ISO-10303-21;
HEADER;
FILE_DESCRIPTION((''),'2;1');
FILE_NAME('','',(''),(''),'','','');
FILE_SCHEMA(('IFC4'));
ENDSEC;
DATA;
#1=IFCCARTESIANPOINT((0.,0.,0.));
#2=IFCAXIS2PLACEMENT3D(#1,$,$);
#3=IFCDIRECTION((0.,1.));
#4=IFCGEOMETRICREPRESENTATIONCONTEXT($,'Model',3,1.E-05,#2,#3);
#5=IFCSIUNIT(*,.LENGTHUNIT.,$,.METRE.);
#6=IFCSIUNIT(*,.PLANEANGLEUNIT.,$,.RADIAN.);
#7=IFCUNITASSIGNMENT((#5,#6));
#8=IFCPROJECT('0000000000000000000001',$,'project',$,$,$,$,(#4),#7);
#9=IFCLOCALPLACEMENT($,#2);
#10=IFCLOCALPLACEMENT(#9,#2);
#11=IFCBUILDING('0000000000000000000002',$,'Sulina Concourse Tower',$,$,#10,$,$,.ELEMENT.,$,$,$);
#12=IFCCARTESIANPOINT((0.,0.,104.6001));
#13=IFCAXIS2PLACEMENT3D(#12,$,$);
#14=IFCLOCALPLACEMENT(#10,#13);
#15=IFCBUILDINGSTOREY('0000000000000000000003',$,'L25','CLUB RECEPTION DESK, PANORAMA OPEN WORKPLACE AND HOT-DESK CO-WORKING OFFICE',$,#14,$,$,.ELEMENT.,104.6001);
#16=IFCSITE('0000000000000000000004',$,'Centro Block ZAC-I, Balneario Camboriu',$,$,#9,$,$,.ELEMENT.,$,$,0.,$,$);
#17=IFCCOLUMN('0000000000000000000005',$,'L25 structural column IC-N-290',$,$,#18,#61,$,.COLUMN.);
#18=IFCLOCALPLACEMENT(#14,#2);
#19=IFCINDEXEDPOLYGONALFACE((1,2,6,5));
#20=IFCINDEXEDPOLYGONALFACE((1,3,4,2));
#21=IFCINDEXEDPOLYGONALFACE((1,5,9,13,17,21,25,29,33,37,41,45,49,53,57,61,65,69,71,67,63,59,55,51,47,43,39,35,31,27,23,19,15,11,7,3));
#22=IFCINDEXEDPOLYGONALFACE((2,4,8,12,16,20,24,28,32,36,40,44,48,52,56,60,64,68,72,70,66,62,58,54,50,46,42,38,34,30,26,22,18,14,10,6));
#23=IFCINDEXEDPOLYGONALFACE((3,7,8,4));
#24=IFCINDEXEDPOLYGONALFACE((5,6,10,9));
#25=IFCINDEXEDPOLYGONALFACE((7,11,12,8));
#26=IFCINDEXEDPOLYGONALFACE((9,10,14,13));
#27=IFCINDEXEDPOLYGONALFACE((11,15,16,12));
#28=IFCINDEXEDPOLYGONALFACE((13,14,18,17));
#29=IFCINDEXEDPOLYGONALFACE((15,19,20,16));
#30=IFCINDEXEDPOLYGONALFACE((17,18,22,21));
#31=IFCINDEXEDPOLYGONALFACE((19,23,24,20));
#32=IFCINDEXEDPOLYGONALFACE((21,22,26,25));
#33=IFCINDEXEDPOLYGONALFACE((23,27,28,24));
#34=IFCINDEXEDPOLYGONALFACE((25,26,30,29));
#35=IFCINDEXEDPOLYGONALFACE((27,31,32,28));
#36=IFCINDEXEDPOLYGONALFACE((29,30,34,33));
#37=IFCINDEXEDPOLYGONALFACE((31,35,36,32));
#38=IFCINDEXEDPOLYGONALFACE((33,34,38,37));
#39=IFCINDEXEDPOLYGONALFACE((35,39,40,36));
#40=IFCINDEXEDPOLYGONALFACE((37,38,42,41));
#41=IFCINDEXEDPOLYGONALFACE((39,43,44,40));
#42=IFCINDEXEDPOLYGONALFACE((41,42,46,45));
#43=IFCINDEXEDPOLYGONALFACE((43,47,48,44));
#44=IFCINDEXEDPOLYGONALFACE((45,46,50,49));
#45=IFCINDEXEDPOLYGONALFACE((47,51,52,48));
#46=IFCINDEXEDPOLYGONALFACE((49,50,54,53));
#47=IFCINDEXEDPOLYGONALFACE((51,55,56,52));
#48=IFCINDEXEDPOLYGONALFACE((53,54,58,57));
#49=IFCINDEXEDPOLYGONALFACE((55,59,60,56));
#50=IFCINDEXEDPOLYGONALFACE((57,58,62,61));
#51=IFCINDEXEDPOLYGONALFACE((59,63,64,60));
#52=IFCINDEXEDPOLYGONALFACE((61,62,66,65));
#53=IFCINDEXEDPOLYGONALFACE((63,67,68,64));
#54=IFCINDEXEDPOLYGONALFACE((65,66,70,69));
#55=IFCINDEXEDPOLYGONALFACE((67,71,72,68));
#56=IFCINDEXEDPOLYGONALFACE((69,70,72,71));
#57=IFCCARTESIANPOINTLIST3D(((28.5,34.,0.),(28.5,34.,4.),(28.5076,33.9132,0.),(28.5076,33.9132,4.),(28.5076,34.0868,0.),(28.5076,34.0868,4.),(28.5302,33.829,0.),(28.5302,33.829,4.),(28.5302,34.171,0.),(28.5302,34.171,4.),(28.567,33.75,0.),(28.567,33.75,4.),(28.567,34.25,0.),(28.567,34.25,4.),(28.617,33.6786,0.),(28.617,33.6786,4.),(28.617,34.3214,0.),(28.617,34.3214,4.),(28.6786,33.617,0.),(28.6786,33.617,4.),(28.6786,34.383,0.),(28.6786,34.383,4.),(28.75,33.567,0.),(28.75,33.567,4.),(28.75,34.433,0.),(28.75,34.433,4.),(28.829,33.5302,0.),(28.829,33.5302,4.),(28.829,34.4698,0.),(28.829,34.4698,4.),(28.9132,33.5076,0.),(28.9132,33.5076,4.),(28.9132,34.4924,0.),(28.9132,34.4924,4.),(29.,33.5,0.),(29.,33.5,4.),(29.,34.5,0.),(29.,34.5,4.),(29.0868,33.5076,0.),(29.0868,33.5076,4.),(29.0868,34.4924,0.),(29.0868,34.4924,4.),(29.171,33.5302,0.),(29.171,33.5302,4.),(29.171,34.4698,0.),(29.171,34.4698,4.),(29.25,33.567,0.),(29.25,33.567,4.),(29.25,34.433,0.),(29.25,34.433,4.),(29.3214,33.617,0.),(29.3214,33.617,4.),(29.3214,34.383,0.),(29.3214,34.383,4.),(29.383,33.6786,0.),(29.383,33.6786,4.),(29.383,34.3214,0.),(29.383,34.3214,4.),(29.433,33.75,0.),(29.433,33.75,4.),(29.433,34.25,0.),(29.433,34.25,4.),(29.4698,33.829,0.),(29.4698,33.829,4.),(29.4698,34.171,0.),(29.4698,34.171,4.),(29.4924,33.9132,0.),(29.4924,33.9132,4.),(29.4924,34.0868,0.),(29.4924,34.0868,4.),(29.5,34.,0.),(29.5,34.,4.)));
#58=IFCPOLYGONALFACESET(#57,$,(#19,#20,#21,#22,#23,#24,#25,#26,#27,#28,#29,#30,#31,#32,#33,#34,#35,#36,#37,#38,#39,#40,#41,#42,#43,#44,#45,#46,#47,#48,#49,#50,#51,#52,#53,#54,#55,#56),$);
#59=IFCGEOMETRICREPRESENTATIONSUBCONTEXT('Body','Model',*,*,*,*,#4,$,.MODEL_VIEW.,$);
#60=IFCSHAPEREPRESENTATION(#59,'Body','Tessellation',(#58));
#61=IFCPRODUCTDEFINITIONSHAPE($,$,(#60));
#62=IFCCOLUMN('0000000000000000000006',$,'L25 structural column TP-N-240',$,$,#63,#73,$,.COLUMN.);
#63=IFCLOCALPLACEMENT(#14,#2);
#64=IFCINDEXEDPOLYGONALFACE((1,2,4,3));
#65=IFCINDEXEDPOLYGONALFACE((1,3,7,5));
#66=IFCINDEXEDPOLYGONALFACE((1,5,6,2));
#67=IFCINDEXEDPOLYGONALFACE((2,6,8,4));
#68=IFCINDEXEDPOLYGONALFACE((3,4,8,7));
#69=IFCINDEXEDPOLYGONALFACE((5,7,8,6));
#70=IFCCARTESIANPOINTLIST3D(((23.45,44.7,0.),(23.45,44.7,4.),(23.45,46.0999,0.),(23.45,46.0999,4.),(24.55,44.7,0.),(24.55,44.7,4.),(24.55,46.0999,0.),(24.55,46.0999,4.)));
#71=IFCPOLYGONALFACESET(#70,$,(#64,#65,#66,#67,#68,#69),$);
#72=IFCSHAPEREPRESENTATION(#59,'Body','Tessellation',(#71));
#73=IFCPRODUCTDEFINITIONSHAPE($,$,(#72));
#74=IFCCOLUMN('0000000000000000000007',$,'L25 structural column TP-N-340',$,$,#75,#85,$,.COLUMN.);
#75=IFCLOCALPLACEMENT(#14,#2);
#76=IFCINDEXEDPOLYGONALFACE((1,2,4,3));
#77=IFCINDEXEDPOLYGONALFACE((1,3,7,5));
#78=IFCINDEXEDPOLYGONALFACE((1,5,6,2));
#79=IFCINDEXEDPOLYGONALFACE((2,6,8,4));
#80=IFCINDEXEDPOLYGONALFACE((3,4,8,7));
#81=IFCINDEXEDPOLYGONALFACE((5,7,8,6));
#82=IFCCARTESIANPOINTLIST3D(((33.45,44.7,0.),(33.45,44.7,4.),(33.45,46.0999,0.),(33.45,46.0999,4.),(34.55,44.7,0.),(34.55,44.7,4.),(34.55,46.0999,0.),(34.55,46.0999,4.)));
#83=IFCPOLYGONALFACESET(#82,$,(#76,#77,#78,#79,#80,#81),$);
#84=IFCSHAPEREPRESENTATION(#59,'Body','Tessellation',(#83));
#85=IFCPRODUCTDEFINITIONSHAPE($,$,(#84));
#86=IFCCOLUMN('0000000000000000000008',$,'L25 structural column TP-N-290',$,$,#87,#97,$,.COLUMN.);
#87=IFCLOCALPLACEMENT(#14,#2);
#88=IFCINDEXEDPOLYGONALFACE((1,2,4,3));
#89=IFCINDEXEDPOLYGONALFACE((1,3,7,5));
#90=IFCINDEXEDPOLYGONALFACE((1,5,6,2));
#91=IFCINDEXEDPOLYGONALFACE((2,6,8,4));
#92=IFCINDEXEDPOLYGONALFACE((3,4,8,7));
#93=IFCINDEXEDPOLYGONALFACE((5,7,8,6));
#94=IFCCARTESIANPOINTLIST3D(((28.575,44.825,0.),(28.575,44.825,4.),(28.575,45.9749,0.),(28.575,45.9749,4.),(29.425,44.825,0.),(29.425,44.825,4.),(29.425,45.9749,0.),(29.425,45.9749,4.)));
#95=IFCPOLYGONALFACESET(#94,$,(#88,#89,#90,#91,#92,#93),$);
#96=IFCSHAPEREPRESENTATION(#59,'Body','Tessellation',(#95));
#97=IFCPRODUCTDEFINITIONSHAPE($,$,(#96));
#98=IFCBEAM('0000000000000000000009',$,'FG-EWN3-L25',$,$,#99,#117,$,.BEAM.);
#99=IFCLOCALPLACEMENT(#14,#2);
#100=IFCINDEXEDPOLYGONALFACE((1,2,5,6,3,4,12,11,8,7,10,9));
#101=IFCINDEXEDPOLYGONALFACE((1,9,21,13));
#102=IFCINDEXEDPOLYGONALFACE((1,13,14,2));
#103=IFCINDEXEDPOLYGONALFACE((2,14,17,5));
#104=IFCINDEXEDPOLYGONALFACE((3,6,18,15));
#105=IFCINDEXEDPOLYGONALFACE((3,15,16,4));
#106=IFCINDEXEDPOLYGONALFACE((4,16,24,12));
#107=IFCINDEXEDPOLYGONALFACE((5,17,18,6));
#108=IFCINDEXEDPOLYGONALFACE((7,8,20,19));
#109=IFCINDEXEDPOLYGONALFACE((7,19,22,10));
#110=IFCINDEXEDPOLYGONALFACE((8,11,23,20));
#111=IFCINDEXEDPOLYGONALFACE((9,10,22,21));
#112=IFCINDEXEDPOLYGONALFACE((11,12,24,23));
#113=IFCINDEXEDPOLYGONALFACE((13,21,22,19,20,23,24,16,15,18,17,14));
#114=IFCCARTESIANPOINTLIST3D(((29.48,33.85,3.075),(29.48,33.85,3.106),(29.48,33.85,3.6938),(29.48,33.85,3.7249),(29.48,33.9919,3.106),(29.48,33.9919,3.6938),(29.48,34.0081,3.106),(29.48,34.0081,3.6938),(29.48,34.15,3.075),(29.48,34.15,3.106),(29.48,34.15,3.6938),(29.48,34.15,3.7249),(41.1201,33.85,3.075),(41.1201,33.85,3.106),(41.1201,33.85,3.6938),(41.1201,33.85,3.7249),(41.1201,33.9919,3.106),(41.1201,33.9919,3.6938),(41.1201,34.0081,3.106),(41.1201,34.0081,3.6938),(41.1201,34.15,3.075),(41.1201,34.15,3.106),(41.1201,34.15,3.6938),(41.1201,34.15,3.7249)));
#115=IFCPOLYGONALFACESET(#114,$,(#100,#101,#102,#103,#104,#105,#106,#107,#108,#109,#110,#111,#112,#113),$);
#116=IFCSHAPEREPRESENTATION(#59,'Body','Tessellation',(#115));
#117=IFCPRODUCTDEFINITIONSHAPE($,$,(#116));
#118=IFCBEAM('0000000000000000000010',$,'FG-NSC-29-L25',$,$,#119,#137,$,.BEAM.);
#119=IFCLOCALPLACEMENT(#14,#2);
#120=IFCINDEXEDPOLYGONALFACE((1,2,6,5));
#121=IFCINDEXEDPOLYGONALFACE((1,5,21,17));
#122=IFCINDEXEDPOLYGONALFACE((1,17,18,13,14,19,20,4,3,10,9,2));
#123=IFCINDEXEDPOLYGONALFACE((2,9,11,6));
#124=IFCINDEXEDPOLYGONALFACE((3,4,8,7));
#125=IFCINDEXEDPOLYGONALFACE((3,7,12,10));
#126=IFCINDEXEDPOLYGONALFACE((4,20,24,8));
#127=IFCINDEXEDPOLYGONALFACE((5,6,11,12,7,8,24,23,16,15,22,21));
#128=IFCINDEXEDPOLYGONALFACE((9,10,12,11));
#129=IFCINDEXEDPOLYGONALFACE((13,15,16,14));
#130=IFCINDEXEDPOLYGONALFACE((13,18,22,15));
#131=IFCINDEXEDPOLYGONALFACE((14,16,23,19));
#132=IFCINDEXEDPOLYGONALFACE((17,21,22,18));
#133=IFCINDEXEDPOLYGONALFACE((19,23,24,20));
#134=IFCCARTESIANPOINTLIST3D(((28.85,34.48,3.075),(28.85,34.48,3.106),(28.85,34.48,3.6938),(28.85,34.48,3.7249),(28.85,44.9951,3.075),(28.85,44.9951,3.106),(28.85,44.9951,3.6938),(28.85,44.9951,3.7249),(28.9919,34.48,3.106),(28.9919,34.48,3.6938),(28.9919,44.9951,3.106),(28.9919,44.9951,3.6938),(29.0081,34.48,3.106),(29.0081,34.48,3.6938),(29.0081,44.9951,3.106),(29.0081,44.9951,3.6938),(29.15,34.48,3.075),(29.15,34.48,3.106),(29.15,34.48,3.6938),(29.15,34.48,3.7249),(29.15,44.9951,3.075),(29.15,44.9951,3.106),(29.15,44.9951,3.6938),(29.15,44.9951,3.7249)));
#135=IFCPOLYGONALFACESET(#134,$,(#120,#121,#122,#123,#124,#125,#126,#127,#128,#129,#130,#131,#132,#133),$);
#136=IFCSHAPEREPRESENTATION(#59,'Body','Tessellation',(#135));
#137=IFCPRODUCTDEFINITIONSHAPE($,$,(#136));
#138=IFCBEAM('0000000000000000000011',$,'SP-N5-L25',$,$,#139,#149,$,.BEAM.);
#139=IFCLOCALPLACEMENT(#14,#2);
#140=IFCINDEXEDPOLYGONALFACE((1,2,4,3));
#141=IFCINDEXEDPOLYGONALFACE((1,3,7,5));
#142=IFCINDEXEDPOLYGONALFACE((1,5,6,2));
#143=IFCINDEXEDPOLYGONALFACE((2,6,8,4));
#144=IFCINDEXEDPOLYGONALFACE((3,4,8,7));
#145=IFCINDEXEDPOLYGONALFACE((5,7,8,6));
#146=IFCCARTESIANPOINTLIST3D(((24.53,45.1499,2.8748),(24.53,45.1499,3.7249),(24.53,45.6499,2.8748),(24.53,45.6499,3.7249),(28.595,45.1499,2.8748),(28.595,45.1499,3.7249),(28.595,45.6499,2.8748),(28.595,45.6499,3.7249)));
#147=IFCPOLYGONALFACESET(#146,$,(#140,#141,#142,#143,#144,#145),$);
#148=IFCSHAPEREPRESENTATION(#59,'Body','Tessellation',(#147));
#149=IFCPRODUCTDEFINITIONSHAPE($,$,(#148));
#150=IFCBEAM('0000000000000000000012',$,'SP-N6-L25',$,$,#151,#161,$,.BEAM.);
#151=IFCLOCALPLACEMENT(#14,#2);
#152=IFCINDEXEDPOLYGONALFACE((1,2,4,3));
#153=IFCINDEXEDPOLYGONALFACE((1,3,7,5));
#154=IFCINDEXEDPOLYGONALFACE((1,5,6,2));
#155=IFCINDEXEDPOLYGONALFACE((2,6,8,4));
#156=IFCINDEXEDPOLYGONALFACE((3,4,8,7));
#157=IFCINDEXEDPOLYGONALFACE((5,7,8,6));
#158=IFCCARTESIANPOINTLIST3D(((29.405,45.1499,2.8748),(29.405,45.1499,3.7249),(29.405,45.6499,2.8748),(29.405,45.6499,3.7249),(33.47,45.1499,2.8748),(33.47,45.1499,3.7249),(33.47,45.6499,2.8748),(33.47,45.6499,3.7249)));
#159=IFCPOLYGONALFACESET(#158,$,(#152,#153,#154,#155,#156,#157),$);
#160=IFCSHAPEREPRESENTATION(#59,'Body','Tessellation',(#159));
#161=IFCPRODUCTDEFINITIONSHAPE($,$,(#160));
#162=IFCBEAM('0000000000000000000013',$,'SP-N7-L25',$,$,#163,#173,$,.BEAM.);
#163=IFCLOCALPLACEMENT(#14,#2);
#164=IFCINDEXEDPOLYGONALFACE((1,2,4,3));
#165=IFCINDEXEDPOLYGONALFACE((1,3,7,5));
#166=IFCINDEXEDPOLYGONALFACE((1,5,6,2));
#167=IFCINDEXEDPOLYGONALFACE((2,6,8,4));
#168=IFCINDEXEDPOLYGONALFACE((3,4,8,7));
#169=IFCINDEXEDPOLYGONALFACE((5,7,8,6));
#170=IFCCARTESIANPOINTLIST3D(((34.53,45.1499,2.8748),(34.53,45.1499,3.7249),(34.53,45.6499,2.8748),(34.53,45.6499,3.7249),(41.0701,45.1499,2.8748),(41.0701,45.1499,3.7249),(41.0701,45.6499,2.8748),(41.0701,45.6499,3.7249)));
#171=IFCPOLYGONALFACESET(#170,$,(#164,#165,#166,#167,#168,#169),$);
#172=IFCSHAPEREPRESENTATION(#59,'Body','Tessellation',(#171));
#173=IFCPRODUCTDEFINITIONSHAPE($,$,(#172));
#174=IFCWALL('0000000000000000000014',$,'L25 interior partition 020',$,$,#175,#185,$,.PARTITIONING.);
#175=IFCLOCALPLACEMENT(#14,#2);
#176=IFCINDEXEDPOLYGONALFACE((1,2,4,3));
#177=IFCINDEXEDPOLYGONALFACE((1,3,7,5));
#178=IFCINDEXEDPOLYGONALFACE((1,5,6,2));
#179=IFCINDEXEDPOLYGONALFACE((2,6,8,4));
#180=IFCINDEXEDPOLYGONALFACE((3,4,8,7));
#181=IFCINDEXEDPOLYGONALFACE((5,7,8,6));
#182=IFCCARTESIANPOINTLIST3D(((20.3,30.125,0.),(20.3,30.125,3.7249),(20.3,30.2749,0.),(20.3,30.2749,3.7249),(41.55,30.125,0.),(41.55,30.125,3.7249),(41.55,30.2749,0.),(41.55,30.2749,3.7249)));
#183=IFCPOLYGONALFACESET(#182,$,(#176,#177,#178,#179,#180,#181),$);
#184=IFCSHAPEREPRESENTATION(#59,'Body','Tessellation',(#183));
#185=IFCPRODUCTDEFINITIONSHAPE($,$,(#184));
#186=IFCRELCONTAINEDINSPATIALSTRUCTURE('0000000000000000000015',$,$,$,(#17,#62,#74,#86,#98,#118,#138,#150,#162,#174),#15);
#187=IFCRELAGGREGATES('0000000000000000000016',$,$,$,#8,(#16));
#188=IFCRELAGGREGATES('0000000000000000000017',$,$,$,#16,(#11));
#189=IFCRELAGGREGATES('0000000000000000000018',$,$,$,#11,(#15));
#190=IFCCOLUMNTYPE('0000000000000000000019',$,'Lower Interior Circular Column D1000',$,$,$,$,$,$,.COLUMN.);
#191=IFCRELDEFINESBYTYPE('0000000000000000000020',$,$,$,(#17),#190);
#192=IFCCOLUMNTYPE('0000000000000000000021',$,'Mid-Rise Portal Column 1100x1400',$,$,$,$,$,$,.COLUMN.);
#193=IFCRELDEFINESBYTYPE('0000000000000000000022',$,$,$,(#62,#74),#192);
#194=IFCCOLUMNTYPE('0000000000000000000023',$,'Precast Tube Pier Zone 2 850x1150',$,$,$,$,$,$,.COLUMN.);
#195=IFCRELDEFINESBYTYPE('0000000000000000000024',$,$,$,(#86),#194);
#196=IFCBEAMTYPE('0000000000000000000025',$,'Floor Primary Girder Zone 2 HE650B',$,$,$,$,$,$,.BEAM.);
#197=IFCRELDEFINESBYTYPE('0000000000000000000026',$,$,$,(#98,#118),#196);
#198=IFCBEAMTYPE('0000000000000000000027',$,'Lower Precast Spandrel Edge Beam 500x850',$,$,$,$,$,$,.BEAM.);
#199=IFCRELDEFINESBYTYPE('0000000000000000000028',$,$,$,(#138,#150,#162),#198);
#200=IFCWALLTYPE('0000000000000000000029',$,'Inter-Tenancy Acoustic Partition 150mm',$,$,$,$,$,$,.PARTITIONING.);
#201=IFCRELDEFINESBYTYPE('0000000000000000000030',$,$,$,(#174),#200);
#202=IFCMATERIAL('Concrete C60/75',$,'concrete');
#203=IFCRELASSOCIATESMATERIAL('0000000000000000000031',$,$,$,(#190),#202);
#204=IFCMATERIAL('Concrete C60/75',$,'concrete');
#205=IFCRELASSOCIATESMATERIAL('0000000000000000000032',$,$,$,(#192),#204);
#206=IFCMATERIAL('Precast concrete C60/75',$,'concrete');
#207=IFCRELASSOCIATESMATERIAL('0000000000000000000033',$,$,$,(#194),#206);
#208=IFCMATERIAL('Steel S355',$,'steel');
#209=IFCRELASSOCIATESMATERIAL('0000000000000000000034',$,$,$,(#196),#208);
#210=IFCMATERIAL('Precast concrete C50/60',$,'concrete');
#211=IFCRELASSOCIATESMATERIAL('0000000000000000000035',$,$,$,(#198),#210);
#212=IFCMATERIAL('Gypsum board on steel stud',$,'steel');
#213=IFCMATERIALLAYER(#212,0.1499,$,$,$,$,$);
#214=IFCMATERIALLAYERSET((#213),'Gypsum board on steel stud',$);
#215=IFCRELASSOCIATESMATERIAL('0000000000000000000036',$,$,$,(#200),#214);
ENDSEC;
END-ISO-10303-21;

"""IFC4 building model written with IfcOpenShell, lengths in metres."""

from ifc_helpers import new_model, si_unit, direction, frame, frame_2d, origin, origin_2d, place, context, subcontext, project, spatial, rectangle, circle, i_section, extrude, material, layer, layer_set, material_profile, profile_set, type_object, element, save


model = new_model("IFC4")

# Units and contexts
model_context = context("Model", 3, precision=1e-05, world=origin(), true_north=direction((0.0, 1.0)))
body_context = subcontext(model_context, "Body", "Model", "MODEL_VIEW")
ifc_project = project(units=[si_unit("LENGTHUNIT", "METRE"), si_unit("PLANEANGLEUNIT", "RADIAN")], contexts=[model_context])

# Site, building, storey
site_placement = place(None, origin())
site = spatial("IfcSite", under=ifc_project, at=site_placement, Name="Centro Block ZAC-I, Balneario Camboriu", CompositionType="ELEMENT", RefElevation=0.0)
building_placement = place(site_placement, origin())
building = spatial("IfcBuilding", under=site, at=building_placement, Name="Sulina Concourse Tower", CompositionType="ELEMENT")
storey_placement = place(building_placement, frame((0.0, 0.0, 104.6001)))
storey = spatial("IfcBuildingStorey", under=building, at=storey_placement, Name="L25", Description="CLUB RECEPTION DESK, PANORAMA OPEN WORKPLACE AND HOT-DESK CO-WORKING OFFICE", CompositionType="ELEMENT", Elevation=104.6001)

# Columns
ifc_material_1 = material(Name="Concrete C60/75", Category="concrete")
ifc_material_profile_1 = material_profile(ifc_material_1, circle(Radius=0.5, at=origin_2d()), Name="RC D1000")
ifc_profile_set_1 = profile_set([ifc_material_profile_1], Name="Concrete C60/75")
column_type_1 = type_object("IfcColumnType", Name="Lower Interior Circular Column D1000", PredefinedType="COLUMN", material=ifc_profile_set_1)
column_1_placement = place(storey_placement, frame((29.0, 34.0, 0.0), z_axis=(0.0, 0.0, 1.0), x_axis=(1.0, 0.0, 0.0)))
element("IfcColumn", 1, at=column_1_placement, inside=storey, type_object=column_type_1, Name="L25 structural column IC-N-290", PredefinedType="COLUMN", context=body_context, shape_type="SweptSolid", body=[
    extrude(circle(Radius=0.5, at=origin_2d()), origin(), (0.0, 0.0, 1.0), 4.0),
])
ifc_material_2 = material(Name="Concrete C60/75", Category="concrete")
ifc_material_profile_2 = material_profile(ifc_material_2, rectangle(XDim=1.1001, YDim=1.3999, at=origin_2d()), Name="RC 1100x1400")
ifc_profile_set_2 = profile_set([ifc_material_profile_2], Name="Concrete C60/75")
column_type_2 = type_object("IfcColumnType", Name="Mid-Rise Portal Column 1100x1400", PredefinedType="COLUMN", material=ifc_profile_set_2)
for number, where, z_axis, x_axis, name in (
    (2, (24.0, 45.3999, 0.0), (0.0, 0.0, 1.0), (1.0, 0.0, 0.0), "L25 structural column TP-N-240"),
    (3, (34.0, 45.3999, 0.0), (0.0, 0.0, 1.0), (1.0, 0.0, 0.0), "L25 structural column TP-N-340"),
):
    element("IfcColumn", number, at=place(storey_placement, frame(where, z_axis=z_axis, x_axis=x_axis)), inside=storey, type_object=column_type_2, Name=name, PredefinedType="COLUMN", context=body_context, shape_type="SweptSolid", body=[
        extrude(rectangle(XDim=1.1001, YDim=1.3999, at=origin_2d()), origin(), (0.0, 0.0, 1.0), 4.0),
    ])
ifc_material_3 = material(Name="Precast concrete C60/75", Category="concrete")
ifc_material_profile_3 = material_profile(ifc_material_3, rectangle(XDim=0.8501, YDim=1.1499, at=origin_2d()), Name="PC 850x1150")
ifc_profile_set_3 = profile_set([ifc_material_profile_3], Name="Precast concrete C60/75")
column_type_3 = type_object("IfcColumnType", Name="Precast Tube Pier Zone 2 850x1150", PredefinedType="COLUMN", material=ifc_profile_set_3)
column_2_placement = place(storey_placement, frame((29.0, 45.3999, 0.0), z_axis=(0.0, 0.0, 1.0), x_axis=(1.0, 0.0, 0.0)))
element("IfcColumn", 4, at=column_2_placement, inside=storey, type_object=column_type_3, Name="L25 structural column TP-N-290", PredefinedType="COLUMN", context=body_context, shape_type="SweptSolid", body=[
    extrude(rectangle(XDim=0.8501, YDim=1.1499, at=origin_2d()), origin(), (0.0, 0.0, 1.0), 4.0),
])

# Beams
ifc_material_4 = material(Name="Steel S355", Category="steel")
ifc_material_profile_4 = material_profile(ifc_material_4, i_section(OverallWidth=0.3, OverallDepth=0.6499, WebThickness=0.0161, FlangeThickness=0.031, at=origin_2d()), Name="HE 650 B")
ifc_profile_set_4 = profile_set([ifc_material_profile_4], Name="Steel S355")
beam_type_1 = type_object("IfcBeamType", Name="Floor Primary Girder Zone 2 HE650B", PredefinedType="BEAM", material=ifc_profile_set_4)
beam_1_placement = place(storey_placement, frame((29.48, 34.0, 3.3999), z_axis=(1.0, 0.0, 0.0), x_axis=(0.0, 1.0, 0.0)))
element("IfcBeam", 5, at=beam_1_placement, inside=storey, type_object=beam_type_1, Name="FG-EWN3-L25", PredefinedType="BEAM", context=body_context, shape_type="SweptSolid", body=[
    extrude(i_section(OverallWidth=0.3, OverallDepth=0.6499, WebThickness=0.0161, FlangeThickness=0.031, at=origin_2d()), origin(), (0.0, 0.0, 1.0), 11.6401),
])
beam_2_placement = place(storey_placement, frame((29.0, 34.48, 3.3999), z_axis=(0.0, 1.0, 0.0), x_axis=(-1.0, 0.0, 0.0)))
element("IfcBeam", 6, at=beam_2_placement, inside=storey, type_object=beam_type_1, Name="FG-NSC-29-L25", PredefinedType="BEAM", context=body_context, shape_type="SweptSolid", body=[
    extrude(i_section(OverallWidth=0.3, OverallDepth=0.6499, WebThickness=0.0161, FlangeThickness=0.031, at=origin_2d()), origin(), (0.0, 0.0, 1.0), 10.5151),
])
ifc_material_5 = material(Name="Precast concrete C50/60", Category="concrete")
ifc_material_profile_5 = material_profile(ifc_material_5, rectangle(XDim=0.5, YDim=0.8501, at=origin_2d()), Name="RC 500x850")
ifc_profile_set_5 = profile_set([ifc_material_profile_5], Name="Precast concrete C50/60")
beam_type_2 = type_object("IfcBeamType", Name="Lower Precast Spandrel Edge Beam 500x850", PredefinedType="BEAM", material=ifc_profile_set_5)
for number, where, z_axis, x_axis, name in (
    (7, (24.53, 45.3999, 3.2998), (1.0, 0.0, 0.0), (0.0, 1.0, 0.0), "SP-N5-L25"),
    (8, (29.405, 45.3999, 3.2998), (1.0, 0.0, 0.0), (0.0, 1.0, 0.0), "SP-N6-L25"),
):
    element("IfcBeam", number, at=place(storey_placement, frame(where, z_axis=z_axis, x_axis=x_axis)), inside=storey, type_object=beam_type_2, Name=name, PredefinedType="BEAM", context=body_context, shape_type="SweptSolid", body=[
        extrude(rectangle(XDim=0.5, YDim=0.8501, at=origin_2d()), origin(), (0.0, 0.0, 1.0), 4.0649),
    ])
beam_3_placement = place(storey_placement, frame((34.53, 45.3999, 3.2998), z_axis=(1.0, 0.0, 0.0), x_axis=(0.0, 1.0, 0.0)))
element("IfcBeam", 9, at=beam_3_placement, inside=storey, type_object=beam_type_2, Name="SP-N7-L25", PredefinedType="BEAM", context=body_context, shape_type="SweptSolid", body=[
    extrude(rectangle(XDim=0.5, YDim=0.8501, at=origin_2d()), origin(), (0.0, 0.0, 1.0), 6.54),
])

# Wall
ifc_material_6 = material(Name="Gypsum board on steel stud", Category="steel")
ifc_layer_1 = layer(ifc_material_6, 0.1499)
ifc_layer_set_1 = layer_set([ifc_layer_1], Name="Gypsum board on steel stud")
wall_type_1 = type_object("IfcWallType", Name="Inter-Tenancy Acoustic Partition 150mm", PredefinedType="PARTITIONING", material=ifc_layer_set_1)
wall_1_placement = place(storey_placement, frame((20.3, 30.2, 0.0), z_axis=(0.0, 0.0, 1.0), x_axis=(1.0, 0.0, 0.0)))
element("IfcWall", 10, at=wall_1_placement, inside=storey, type_object=wall_type_1, Name="L25 interior partition 020", PredefinedType="PARTITIONING", context=body_context, shape_type="SweptSolid", body=[
    extrude(rectangle(XDim=21.25, YDim=0.1499, at=frame_2d((10.625, 0.0))), origin(), (0.0, 0.0, 1.0), 3.7249),
])

save(model, "model.ifc")
